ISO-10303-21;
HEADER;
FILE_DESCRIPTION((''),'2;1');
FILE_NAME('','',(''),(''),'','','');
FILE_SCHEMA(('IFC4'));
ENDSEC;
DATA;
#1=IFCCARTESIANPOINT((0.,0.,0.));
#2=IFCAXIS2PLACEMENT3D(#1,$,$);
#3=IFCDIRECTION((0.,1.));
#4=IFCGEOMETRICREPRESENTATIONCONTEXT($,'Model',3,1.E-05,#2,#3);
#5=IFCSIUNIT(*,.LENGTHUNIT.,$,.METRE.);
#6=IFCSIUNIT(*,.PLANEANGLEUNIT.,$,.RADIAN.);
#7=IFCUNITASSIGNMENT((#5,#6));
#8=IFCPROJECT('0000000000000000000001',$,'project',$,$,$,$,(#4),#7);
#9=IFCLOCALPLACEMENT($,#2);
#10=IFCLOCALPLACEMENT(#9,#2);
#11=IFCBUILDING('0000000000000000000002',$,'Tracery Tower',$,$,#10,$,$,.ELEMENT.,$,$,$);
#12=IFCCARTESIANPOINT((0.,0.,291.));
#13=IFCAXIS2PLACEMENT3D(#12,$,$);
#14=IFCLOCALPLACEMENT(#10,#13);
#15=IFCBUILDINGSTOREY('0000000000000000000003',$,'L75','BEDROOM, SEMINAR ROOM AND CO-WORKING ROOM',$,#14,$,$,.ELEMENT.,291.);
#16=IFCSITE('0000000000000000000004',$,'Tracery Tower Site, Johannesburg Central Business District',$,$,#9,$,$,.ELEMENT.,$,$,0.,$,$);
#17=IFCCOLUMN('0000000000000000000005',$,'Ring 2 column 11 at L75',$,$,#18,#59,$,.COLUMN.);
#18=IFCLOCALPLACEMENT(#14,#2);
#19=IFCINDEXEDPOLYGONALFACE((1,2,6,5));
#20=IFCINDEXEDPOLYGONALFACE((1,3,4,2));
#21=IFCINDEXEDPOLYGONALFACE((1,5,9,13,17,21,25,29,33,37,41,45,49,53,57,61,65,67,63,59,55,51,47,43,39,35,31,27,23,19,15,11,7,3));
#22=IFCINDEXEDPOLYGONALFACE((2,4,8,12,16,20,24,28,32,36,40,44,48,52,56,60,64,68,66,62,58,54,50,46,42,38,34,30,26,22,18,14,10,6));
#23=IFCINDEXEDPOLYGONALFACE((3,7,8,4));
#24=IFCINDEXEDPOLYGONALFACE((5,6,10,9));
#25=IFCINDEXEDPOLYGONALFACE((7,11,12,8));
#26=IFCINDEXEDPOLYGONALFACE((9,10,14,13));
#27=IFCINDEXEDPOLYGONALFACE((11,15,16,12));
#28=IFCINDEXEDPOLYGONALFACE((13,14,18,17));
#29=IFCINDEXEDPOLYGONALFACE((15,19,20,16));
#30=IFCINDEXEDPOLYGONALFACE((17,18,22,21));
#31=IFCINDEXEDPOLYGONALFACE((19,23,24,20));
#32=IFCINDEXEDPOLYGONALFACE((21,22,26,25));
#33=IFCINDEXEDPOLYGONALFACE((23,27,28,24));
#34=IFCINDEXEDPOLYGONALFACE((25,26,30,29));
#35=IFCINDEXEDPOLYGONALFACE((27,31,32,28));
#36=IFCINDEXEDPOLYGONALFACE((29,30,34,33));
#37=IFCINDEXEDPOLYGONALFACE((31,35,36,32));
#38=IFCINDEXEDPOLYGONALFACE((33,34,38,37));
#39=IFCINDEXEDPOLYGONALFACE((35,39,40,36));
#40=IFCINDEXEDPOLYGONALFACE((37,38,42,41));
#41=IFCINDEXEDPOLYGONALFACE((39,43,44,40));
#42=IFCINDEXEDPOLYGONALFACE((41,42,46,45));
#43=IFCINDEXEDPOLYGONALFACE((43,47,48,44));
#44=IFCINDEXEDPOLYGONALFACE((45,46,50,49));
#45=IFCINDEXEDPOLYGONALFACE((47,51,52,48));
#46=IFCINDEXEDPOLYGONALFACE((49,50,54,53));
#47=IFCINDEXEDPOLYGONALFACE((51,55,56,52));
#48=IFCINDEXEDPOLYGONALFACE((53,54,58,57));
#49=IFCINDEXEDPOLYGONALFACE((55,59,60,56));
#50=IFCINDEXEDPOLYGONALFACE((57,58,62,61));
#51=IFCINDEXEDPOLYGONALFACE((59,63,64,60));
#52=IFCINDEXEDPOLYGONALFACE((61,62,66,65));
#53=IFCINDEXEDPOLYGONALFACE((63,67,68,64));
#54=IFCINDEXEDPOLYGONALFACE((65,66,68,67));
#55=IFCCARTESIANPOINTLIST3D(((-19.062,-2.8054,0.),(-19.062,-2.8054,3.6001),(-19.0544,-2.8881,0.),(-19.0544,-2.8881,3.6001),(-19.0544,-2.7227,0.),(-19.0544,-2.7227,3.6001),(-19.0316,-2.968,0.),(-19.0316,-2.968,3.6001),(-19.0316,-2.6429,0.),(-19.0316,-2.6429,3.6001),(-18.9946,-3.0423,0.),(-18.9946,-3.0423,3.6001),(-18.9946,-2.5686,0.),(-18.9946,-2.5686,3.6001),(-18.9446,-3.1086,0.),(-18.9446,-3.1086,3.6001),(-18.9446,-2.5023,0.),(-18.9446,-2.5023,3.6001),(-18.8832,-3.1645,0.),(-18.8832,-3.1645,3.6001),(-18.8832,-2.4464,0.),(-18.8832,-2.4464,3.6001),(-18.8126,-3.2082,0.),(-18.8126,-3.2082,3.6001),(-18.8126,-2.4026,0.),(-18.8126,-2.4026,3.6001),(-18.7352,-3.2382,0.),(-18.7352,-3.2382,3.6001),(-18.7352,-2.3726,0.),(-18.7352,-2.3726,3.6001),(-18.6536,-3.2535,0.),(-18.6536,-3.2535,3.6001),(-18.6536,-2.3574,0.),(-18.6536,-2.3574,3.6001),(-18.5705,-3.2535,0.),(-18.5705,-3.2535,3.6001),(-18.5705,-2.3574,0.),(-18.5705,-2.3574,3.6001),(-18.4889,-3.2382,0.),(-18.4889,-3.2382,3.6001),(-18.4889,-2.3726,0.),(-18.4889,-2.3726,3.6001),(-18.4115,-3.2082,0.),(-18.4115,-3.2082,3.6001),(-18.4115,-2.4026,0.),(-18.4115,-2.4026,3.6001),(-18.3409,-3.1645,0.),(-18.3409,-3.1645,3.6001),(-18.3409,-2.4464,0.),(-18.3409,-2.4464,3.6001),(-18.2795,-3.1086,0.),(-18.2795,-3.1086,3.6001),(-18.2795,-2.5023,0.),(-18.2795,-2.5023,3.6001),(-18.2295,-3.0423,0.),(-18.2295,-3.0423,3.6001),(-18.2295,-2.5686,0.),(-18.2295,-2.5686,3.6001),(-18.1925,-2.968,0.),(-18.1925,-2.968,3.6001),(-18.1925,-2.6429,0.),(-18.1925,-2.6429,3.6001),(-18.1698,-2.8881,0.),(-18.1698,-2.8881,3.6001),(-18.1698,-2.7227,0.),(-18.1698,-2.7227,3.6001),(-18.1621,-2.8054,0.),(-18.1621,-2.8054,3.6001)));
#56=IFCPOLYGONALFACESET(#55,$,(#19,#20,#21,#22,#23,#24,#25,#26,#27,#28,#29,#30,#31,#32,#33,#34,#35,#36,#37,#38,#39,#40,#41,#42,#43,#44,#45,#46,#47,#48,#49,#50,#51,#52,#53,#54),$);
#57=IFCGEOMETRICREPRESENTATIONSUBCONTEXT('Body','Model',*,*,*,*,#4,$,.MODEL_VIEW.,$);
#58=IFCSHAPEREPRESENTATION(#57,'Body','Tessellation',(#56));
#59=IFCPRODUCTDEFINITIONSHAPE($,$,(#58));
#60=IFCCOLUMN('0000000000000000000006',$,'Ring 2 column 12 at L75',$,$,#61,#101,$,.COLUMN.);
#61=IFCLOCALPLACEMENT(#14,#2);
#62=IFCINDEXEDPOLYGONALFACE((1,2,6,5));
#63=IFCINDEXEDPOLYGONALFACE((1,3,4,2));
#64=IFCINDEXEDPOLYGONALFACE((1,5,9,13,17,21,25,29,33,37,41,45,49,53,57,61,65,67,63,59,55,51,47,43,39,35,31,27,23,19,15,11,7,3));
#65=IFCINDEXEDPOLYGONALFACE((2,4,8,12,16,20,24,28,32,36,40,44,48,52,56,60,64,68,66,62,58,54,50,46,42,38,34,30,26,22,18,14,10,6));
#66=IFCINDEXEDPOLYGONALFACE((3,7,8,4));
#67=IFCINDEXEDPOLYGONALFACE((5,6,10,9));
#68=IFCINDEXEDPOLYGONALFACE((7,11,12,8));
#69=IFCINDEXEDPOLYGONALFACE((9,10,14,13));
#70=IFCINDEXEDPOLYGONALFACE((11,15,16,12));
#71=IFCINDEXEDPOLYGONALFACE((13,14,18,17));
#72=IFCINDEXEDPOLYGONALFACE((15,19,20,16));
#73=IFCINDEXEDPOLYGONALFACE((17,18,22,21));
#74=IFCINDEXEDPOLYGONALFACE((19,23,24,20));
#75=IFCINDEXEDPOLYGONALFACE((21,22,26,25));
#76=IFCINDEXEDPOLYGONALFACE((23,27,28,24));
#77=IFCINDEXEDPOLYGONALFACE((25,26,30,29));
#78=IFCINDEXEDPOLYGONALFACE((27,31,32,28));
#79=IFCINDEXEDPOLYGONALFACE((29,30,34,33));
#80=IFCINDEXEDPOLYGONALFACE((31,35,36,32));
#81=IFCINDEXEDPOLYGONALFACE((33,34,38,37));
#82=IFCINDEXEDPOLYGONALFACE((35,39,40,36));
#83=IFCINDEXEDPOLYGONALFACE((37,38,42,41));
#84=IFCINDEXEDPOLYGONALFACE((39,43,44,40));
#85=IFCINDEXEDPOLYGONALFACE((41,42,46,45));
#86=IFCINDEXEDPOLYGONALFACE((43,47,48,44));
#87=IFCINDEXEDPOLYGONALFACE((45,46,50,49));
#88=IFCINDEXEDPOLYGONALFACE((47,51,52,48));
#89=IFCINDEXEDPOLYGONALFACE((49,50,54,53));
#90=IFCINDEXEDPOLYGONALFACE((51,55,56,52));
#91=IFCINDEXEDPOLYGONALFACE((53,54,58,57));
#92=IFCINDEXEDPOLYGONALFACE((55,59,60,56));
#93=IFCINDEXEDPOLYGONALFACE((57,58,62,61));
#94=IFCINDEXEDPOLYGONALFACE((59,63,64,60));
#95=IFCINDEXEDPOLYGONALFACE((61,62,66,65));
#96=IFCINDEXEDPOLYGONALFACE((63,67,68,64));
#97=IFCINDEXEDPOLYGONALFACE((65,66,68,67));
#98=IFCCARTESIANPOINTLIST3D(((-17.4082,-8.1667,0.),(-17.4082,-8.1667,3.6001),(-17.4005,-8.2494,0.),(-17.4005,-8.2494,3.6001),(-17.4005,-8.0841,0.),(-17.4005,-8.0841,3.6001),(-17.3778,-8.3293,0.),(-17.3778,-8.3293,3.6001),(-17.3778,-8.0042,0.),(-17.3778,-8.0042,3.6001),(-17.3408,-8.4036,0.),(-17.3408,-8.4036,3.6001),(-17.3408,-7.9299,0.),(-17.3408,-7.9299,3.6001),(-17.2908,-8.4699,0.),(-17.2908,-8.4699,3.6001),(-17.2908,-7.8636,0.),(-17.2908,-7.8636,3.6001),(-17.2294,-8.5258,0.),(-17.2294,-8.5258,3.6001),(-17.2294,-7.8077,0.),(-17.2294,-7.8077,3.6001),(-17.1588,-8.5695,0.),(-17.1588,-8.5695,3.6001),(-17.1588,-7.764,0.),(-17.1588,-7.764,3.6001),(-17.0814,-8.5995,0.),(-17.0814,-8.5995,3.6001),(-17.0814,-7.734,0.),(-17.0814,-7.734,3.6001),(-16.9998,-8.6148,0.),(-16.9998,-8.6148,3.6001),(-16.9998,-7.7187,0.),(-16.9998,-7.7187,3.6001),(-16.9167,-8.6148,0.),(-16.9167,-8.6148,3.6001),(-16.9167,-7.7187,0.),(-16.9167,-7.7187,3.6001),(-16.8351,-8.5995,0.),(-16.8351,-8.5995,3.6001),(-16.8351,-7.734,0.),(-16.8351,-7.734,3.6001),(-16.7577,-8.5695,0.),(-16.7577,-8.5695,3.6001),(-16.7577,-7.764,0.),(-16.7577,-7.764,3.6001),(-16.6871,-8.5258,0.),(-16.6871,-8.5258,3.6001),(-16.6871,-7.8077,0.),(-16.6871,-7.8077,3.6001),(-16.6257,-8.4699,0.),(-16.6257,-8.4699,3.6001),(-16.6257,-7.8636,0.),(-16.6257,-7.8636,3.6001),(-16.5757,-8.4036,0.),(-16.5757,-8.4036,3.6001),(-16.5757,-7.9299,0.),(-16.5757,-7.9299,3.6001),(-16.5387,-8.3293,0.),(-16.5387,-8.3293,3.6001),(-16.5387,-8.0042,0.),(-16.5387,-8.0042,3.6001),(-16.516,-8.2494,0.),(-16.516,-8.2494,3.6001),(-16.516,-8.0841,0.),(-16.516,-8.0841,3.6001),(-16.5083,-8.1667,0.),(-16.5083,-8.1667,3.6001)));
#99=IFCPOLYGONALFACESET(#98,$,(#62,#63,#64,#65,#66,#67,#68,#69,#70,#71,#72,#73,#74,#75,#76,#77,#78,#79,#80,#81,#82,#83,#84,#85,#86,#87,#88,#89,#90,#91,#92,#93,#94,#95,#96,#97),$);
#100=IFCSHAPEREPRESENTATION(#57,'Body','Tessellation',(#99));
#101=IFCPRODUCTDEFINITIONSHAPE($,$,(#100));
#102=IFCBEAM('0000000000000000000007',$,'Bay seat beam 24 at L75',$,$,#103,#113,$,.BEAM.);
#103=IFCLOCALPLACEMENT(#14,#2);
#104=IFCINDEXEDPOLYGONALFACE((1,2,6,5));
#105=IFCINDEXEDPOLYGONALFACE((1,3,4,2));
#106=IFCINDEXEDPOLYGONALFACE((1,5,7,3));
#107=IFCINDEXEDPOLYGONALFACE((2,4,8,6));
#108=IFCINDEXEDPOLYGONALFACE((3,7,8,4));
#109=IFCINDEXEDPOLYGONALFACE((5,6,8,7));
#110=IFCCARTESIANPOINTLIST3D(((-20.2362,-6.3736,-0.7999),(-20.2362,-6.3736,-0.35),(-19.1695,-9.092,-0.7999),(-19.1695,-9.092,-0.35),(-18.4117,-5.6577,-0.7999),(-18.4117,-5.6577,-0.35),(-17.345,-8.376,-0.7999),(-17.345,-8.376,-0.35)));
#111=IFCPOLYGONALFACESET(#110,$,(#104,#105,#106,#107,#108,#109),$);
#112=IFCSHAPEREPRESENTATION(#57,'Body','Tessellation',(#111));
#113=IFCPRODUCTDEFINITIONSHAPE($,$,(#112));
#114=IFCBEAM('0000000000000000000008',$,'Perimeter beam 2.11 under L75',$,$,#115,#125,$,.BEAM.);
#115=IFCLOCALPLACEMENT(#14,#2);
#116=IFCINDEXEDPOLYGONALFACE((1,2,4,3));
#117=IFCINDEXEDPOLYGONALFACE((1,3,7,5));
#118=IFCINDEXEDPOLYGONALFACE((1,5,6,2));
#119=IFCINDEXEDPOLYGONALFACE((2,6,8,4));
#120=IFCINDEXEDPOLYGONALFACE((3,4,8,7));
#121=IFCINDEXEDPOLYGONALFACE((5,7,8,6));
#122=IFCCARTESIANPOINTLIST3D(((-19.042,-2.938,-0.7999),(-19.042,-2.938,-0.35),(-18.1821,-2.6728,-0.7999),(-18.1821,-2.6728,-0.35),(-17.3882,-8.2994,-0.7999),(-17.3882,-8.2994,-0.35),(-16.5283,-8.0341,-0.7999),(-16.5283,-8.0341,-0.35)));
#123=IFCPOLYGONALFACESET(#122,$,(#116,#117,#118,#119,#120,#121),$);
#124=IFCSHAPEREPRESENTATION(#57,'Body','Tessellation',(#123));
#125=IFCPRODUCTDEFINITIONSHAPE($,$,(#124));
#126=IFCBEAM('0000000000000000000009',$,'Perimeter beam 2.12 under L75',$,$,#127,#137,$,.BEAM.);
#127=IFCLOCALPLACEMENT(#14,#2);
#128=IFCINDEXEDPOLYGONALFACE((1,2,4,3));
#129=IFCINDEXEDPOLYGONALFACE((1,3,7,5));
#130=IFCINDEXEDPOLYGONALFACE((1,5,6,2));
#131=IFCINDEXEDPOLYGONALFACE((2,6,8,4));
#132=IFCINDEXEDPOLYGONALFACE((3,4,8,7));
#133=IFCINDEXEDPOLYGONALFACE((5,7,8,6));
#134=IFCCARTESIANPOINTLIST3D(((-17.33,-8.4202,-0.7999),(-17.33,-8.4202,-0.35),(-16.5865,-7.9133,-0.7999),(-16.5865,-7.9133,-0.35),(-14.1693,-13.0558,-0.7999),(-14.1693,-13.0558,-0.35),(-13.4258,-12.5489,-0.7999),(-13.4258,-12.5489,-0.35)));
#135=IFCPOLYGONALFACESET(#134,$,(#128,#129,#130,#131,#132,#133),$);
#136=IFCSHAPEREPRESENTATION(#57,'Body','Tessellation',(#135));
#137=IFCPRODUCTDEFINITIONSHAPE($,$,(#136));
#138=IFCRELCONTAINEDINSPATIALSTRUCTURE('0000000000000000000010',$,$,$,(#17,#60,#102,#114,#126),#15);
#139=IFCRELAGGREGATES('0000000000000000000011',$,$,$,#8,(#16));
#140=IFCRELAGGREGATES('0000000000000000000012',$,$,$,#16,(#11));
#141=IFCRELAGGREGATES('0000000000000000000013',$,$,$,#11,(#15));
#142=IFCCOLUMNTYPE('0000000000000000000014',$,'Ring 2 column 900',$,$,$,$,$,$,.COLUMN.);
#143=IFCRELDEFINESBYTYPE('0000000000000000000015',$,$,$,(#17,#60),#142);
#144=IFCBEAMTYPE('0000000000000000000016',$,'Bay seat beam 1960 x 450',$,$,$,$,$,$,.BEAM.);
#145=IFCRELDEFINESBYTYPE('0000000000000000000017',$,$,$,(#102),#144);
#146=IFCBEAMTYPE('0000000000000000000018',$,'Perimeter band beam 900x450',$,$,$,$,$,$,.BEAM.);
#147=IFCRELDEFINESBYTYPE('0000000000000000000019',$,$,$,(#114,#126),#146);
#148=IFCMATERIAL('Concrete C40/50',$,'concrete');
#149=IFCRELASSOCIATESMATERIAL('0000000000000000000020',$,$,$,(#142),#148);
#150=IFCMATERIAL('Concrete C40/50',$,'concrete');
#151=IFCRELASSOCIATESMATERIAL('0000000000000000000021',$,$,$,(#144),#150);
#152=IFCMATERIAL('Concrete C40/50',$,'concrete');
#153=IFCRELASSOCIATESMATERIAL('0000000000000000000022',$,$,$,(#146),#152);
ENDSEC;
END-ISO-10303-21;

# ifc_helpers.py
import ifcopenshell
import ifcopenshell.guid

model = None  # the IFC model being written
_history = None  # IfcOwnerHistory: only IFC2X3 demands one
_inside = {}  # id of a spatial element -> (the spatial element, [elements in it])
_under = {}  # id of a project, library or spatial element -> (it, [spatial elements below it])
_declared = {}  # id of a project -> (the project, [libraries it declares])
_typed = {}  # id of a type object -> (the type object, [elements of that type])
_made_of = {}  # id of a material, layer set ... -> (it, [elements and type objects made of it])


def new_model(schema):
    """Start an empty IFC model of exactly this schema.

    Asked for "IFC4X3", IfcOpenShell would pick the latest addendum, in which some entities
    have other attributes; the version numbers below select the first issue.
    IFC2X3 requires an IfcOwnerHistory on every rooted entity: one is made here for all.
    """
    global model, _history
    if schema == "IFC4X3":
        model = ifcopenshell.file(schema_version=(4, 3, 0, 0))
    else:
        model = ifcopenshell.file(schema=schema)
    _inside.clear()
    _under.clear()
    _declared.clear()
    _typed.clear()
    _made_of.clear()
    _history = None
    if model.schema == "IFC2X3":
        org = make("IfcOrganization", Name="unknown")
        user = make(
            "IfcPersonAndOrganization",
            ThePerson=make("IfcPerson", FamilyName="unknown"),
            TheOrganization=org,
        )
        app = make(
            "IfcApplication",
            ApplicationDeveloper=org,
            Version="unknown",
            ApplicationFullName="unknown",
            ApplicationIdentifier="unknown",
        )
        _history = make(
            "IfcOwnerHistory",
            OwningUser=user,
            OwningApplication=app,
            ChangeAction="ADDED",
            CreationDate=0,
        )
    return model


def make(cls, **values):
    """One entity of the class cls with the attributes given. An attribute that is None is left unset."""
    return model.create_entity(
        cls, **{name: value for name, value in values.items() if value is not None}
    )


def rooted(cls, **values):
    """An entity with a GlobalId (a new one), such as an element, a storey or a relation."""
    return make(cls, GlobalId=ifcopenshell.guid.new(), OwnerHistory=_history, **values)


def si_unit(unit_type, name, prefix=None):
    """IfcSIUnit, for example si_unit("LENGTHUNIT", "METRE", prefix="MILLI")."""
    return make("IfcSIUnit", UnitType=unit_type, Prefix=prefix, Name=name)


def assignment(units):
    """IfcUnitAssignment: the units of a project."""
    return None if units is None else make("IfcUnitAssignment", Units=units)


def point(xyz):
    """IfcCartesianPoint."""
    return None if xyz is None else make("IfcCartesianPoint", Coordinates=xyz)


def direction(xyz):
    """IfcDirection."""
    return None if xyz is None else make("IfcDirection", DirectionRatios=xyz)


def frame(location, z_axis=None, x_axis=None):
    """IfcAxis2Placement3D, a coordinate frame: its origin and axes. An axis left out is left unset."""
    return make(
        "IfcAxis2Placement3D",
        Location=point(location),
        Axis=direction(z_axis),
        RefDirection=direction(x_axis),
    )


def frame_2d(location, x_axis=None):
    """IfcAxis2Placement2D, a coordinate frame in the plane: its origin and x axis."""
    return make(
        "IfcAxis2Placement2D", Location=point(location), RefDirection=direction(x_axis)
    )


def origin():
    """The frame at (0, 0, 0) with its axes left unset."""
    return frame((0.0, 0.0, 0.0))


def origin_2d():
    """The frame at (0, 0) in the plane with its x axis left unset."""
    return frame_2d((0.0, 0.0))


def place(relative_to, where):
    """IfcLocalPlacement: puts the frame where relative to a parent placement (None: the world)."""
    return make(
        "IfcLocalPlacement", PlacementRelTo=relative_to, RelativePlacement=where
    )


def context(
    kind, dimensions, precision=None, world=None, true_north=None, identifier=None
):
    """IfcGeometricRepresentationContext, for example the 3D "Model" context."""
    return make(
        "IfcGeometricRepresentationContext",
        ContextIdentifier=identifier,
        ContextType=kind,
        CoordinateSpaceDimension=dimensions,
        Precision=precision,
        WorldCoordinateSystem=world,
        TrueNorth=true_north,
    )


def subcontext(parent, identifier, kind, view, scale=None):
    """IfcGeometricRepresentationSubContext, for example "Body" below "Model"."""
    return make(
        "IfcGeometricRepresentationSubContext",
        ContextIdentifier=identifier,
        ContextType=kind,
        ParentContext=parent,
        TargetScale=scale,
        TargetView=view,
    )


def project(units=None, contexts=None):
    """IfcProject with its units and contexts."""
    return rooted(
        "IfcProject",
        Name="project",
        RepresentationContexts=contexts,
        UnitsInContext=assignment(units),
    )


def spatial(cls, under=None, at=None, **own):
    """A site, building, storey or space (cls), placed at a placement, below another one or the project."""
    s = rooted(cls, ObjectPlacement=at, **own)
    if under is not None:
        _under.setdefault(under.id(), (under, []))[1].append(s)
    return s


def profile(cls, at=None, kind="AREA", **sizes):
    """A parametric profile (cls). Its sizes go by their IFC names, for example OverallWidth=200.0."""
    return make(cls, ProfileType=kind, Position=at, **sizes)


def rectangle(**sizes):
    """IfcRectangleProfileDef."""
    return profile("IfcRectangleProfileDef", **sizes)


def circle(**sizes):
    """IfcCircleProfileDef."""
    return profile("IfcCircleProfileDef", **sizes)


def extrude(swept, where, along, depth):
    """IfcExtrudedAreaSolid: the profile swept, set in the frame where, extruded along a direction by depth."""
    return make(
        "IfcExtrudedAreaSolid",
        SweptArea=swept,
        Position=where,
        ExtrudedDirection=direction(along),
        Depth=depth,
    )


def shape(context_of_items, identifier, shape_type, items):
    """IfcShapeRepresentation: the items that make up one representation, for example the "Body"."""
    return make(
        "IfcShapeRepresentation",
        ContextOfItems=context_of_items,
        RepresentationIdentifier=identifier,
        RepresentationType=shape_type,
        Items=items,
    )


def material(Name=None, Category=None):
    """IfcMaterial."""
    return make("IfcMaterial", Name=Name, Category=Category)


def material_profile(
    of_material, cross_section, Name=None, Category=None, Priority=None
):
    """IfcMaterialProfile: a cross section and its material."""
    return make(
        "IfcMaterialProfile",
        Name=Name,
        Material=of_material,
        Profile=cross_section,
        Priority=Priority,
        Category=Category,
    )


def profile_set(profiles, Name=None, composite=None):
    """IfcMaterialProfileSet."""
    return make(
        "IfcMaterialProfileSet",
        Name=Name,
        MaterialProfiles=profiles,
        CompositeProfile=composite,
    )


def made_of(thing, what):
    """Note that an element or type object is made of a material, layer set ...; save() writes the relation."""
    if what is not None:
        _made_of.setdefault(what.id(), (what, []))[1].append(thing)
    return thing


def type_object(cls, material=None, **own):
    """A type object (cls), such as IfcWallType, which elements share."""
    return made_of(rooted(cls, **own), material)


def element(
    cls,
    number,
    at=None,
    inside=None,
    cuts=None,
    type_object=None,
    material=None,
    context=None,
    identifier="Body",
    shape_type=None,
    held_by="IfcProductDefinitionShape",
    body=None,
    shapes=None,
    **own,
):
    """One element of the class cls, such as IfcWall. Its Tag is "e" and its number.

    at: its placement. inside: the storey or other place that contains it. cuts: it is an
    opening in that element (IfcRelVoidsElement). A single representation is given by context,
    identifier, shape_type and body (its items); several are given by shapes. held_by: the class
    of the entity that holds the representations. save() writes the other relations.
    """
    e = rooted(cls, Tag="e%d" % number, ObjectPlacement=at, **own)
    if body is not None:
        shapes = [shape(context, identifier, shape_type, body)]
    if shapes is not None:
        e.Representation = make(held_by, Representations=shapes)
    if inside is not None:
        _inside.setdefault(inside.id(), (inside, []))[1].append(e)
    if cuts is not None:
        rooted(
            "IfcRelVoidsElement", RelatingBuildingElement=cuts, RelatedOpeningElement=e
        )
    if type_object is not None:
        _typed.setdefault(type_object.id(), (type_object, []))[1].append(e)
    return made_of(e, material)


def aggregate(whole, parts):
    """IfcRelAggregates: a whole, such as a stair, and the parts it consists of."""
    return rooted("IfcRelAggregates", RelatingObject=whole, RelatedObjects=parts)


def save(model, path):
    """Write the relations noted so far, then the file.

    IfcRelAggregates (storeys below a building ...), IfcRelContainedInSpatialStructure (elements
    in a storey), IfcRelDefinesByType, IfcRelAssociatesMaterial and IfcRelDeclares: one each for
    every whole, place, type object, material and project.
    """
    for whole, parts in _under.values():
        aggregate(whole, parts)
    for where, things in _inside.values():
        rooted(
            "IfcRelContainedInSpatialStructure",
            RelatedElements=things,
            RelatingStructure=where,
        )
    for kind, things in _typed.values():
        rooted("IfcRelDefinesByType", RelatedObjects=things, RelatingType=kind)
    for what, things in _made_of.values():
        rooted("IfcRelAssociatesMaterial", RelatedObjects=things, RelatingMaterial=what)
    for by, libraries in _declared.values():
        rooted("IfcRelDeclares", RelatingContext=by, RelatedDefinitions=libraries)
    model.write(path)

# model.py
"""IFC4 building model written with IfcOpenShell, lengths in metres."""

from ifc_helpers import new_model, si_unit, direction, frame, origin, origin_2d, place, context, subcontext, project, spatial, rectangle, circle, extrude, material, material_profile, profile_set, type_object, element, save


model = new_model("IFC4")

# Units and contexts
model_context = context("Model", 3, precision=1e-05, world=origin(), true_north=direction((0.0, 1.0)))
body_context = subcontext(model_context, "Body", "Model", "MODEL_VIEW")
ifc_project = project(units=[si_unit("LENGTHUNIT", "METRE"), si_unit("PLANEANGLEUNIT", "RADIAN")], contexts=[model_context])

# Site, building, storey
site_placement = place(None, origin())
site = spatial("IfcSite", under=ifc_project, at=site_placement, Name="Tracery Tower Site, Johannesburg Central Business District", CompositionType="ELEMENT", RefElevation=0.0)
building_placement = place(site_placement, origin())
building = spatial("IfcBuilding", under=site, at=building_placement, Name="Tracery Tower", CompositionType="ELEMENT")
storey_placement = place(building_placement, frame((0.0, 0.0, 291.0)))
storey = spatial("IfcBuildingStorey", under=building, at=storey_placement, Name="L75", Description="BEDROOM, SEMINAR ROOM AND CO-WORKING ROOM", CompositionType="ELEMENT", Elevation=291.0)

# Columns
ifc_material_1 = material(Name="Concrete C40/50", Category="concrete")
ifc_material_profile_1 = material_profile(ifc_material_1, circle(Radius=0.45, at=origin_2d()), Name="RC D900")
ifc_profile_set_1 = profile_set([ifc_material_profile_1], Name="Concrete C40/50")
column_type = type_object("IfcColumnType", Name="Ring 2 column 900", PredefinedType="COLUMN", material=ifc_profile_set_1)
for number, where, z_axis, x_axis, name in (
    (1, (-18.6121, -2.8054, 0.0), (0.0, 0.0, 1.0), (1.0, 0.0, 0.0), "Ring 2 column 11 at L75"),
    (2, (-16.9583, -8.1667, 0.0), (0.0, 0.0, 1.0), (1.0, 0.0, 0.0), "Ring 2 column 12 at L75"),
):
    element("IfcColumn", number, at=place(storey_placement, frame(where, z_axis=z_axis, x_axis=x_axis)), inside=storey, type_object=column_type, Name=name, PredefinedType="COLUMN", context=body_context, shape_type="SweptSolid", body=[
        extrude(circle(Radius=0.45, at=origin_2d()), origin(), (0.0, 0.0, 1.0), 3.6001),
    ])

# Beams
ifc_material_2 = material(Name="Concrete C40/50", Category="concrete")
ifc_material_profile_2 = material_profile(ifc_material_2, rectangle(XDim=1.96, YDim=0.45, at=origin_2d()), Name="RC 1960x450")
ifc_profile_set_2 = profile_set([ifc_material_profile_2], Name="Concrete C40/50")
beam_type_1 = type_object("IfcBeamType", Name="Bay seat beam 1960 x 450", PredefinedType="BEAM", material=ifc_profile_set_2)
beam_placement = place(storey_placement, frame((-19.324, -6.0156, -0.575), z_axis=(0.365285, -0.930896, 0.0), x_axis=(0.930896, 0.365285, 0.0)))
element("IfcBeam", 3, at=beam_placement, inside=storey, type_object=beam_type_1, Name="Bay seat beam 24 at L75", PredefinedType="BEAM", context=body_context, shape_type="SweptSolid", body=[
    extrude(rectangle(XDim=1.96, YDim=0.45, at=origin_2d()), origin(), (0.0, 0.0, 1.0), 2.9202),
])
ifc_material_3 = material(Name="Concrete C40/50", Category="concrete")
ifc_material_profile_3 = material_profile(ifc_material_3, rectangle(XDim=0.8999, YDim=0.45, at=origin_2d()), Name="RC 900x450")
ifc_profile_set_3 = profile_set([ifc_material_profile_3], Name="Concrete C40/50")
beam_type_2 = type_object("IfcBeamType", Name="Perimeter band beam 900x450", PredefinedType="BEAM", material=ifc_profile_set_3)
for number, where, z_axis, x_axis, name in (
    (4, (-18.6121, -2.8054, -0.575), (0.294765, -0.95557, 0.0), (0.95557, 0.294765, 0.0), "Perimeter beam 2.11 under L75"),
    (5, (-16.9583, -8.1667, -0.575), (0.563346, -0.826221, 0.0), (0.826221, 0.563346, 0.0), "Perimeter beam 2.12 under L75"),
):
    element("IfcBeam", number, at=place(storey_placement, frame(where, z_axis=z_axis, x_axis=x_axis)), inside=storey, type_object=beam_type_2, Name=name, PredefinedType="BEAM", context=body_context, shape_type="SweptSolid", body=[
        extrude(rectangle(XDim=0.8999, YDim=0.45, at=origin_2d()), origin(), (0.0, 0.0, 1.0), 5.6106),
    ])

save(model, "model.ifc")
